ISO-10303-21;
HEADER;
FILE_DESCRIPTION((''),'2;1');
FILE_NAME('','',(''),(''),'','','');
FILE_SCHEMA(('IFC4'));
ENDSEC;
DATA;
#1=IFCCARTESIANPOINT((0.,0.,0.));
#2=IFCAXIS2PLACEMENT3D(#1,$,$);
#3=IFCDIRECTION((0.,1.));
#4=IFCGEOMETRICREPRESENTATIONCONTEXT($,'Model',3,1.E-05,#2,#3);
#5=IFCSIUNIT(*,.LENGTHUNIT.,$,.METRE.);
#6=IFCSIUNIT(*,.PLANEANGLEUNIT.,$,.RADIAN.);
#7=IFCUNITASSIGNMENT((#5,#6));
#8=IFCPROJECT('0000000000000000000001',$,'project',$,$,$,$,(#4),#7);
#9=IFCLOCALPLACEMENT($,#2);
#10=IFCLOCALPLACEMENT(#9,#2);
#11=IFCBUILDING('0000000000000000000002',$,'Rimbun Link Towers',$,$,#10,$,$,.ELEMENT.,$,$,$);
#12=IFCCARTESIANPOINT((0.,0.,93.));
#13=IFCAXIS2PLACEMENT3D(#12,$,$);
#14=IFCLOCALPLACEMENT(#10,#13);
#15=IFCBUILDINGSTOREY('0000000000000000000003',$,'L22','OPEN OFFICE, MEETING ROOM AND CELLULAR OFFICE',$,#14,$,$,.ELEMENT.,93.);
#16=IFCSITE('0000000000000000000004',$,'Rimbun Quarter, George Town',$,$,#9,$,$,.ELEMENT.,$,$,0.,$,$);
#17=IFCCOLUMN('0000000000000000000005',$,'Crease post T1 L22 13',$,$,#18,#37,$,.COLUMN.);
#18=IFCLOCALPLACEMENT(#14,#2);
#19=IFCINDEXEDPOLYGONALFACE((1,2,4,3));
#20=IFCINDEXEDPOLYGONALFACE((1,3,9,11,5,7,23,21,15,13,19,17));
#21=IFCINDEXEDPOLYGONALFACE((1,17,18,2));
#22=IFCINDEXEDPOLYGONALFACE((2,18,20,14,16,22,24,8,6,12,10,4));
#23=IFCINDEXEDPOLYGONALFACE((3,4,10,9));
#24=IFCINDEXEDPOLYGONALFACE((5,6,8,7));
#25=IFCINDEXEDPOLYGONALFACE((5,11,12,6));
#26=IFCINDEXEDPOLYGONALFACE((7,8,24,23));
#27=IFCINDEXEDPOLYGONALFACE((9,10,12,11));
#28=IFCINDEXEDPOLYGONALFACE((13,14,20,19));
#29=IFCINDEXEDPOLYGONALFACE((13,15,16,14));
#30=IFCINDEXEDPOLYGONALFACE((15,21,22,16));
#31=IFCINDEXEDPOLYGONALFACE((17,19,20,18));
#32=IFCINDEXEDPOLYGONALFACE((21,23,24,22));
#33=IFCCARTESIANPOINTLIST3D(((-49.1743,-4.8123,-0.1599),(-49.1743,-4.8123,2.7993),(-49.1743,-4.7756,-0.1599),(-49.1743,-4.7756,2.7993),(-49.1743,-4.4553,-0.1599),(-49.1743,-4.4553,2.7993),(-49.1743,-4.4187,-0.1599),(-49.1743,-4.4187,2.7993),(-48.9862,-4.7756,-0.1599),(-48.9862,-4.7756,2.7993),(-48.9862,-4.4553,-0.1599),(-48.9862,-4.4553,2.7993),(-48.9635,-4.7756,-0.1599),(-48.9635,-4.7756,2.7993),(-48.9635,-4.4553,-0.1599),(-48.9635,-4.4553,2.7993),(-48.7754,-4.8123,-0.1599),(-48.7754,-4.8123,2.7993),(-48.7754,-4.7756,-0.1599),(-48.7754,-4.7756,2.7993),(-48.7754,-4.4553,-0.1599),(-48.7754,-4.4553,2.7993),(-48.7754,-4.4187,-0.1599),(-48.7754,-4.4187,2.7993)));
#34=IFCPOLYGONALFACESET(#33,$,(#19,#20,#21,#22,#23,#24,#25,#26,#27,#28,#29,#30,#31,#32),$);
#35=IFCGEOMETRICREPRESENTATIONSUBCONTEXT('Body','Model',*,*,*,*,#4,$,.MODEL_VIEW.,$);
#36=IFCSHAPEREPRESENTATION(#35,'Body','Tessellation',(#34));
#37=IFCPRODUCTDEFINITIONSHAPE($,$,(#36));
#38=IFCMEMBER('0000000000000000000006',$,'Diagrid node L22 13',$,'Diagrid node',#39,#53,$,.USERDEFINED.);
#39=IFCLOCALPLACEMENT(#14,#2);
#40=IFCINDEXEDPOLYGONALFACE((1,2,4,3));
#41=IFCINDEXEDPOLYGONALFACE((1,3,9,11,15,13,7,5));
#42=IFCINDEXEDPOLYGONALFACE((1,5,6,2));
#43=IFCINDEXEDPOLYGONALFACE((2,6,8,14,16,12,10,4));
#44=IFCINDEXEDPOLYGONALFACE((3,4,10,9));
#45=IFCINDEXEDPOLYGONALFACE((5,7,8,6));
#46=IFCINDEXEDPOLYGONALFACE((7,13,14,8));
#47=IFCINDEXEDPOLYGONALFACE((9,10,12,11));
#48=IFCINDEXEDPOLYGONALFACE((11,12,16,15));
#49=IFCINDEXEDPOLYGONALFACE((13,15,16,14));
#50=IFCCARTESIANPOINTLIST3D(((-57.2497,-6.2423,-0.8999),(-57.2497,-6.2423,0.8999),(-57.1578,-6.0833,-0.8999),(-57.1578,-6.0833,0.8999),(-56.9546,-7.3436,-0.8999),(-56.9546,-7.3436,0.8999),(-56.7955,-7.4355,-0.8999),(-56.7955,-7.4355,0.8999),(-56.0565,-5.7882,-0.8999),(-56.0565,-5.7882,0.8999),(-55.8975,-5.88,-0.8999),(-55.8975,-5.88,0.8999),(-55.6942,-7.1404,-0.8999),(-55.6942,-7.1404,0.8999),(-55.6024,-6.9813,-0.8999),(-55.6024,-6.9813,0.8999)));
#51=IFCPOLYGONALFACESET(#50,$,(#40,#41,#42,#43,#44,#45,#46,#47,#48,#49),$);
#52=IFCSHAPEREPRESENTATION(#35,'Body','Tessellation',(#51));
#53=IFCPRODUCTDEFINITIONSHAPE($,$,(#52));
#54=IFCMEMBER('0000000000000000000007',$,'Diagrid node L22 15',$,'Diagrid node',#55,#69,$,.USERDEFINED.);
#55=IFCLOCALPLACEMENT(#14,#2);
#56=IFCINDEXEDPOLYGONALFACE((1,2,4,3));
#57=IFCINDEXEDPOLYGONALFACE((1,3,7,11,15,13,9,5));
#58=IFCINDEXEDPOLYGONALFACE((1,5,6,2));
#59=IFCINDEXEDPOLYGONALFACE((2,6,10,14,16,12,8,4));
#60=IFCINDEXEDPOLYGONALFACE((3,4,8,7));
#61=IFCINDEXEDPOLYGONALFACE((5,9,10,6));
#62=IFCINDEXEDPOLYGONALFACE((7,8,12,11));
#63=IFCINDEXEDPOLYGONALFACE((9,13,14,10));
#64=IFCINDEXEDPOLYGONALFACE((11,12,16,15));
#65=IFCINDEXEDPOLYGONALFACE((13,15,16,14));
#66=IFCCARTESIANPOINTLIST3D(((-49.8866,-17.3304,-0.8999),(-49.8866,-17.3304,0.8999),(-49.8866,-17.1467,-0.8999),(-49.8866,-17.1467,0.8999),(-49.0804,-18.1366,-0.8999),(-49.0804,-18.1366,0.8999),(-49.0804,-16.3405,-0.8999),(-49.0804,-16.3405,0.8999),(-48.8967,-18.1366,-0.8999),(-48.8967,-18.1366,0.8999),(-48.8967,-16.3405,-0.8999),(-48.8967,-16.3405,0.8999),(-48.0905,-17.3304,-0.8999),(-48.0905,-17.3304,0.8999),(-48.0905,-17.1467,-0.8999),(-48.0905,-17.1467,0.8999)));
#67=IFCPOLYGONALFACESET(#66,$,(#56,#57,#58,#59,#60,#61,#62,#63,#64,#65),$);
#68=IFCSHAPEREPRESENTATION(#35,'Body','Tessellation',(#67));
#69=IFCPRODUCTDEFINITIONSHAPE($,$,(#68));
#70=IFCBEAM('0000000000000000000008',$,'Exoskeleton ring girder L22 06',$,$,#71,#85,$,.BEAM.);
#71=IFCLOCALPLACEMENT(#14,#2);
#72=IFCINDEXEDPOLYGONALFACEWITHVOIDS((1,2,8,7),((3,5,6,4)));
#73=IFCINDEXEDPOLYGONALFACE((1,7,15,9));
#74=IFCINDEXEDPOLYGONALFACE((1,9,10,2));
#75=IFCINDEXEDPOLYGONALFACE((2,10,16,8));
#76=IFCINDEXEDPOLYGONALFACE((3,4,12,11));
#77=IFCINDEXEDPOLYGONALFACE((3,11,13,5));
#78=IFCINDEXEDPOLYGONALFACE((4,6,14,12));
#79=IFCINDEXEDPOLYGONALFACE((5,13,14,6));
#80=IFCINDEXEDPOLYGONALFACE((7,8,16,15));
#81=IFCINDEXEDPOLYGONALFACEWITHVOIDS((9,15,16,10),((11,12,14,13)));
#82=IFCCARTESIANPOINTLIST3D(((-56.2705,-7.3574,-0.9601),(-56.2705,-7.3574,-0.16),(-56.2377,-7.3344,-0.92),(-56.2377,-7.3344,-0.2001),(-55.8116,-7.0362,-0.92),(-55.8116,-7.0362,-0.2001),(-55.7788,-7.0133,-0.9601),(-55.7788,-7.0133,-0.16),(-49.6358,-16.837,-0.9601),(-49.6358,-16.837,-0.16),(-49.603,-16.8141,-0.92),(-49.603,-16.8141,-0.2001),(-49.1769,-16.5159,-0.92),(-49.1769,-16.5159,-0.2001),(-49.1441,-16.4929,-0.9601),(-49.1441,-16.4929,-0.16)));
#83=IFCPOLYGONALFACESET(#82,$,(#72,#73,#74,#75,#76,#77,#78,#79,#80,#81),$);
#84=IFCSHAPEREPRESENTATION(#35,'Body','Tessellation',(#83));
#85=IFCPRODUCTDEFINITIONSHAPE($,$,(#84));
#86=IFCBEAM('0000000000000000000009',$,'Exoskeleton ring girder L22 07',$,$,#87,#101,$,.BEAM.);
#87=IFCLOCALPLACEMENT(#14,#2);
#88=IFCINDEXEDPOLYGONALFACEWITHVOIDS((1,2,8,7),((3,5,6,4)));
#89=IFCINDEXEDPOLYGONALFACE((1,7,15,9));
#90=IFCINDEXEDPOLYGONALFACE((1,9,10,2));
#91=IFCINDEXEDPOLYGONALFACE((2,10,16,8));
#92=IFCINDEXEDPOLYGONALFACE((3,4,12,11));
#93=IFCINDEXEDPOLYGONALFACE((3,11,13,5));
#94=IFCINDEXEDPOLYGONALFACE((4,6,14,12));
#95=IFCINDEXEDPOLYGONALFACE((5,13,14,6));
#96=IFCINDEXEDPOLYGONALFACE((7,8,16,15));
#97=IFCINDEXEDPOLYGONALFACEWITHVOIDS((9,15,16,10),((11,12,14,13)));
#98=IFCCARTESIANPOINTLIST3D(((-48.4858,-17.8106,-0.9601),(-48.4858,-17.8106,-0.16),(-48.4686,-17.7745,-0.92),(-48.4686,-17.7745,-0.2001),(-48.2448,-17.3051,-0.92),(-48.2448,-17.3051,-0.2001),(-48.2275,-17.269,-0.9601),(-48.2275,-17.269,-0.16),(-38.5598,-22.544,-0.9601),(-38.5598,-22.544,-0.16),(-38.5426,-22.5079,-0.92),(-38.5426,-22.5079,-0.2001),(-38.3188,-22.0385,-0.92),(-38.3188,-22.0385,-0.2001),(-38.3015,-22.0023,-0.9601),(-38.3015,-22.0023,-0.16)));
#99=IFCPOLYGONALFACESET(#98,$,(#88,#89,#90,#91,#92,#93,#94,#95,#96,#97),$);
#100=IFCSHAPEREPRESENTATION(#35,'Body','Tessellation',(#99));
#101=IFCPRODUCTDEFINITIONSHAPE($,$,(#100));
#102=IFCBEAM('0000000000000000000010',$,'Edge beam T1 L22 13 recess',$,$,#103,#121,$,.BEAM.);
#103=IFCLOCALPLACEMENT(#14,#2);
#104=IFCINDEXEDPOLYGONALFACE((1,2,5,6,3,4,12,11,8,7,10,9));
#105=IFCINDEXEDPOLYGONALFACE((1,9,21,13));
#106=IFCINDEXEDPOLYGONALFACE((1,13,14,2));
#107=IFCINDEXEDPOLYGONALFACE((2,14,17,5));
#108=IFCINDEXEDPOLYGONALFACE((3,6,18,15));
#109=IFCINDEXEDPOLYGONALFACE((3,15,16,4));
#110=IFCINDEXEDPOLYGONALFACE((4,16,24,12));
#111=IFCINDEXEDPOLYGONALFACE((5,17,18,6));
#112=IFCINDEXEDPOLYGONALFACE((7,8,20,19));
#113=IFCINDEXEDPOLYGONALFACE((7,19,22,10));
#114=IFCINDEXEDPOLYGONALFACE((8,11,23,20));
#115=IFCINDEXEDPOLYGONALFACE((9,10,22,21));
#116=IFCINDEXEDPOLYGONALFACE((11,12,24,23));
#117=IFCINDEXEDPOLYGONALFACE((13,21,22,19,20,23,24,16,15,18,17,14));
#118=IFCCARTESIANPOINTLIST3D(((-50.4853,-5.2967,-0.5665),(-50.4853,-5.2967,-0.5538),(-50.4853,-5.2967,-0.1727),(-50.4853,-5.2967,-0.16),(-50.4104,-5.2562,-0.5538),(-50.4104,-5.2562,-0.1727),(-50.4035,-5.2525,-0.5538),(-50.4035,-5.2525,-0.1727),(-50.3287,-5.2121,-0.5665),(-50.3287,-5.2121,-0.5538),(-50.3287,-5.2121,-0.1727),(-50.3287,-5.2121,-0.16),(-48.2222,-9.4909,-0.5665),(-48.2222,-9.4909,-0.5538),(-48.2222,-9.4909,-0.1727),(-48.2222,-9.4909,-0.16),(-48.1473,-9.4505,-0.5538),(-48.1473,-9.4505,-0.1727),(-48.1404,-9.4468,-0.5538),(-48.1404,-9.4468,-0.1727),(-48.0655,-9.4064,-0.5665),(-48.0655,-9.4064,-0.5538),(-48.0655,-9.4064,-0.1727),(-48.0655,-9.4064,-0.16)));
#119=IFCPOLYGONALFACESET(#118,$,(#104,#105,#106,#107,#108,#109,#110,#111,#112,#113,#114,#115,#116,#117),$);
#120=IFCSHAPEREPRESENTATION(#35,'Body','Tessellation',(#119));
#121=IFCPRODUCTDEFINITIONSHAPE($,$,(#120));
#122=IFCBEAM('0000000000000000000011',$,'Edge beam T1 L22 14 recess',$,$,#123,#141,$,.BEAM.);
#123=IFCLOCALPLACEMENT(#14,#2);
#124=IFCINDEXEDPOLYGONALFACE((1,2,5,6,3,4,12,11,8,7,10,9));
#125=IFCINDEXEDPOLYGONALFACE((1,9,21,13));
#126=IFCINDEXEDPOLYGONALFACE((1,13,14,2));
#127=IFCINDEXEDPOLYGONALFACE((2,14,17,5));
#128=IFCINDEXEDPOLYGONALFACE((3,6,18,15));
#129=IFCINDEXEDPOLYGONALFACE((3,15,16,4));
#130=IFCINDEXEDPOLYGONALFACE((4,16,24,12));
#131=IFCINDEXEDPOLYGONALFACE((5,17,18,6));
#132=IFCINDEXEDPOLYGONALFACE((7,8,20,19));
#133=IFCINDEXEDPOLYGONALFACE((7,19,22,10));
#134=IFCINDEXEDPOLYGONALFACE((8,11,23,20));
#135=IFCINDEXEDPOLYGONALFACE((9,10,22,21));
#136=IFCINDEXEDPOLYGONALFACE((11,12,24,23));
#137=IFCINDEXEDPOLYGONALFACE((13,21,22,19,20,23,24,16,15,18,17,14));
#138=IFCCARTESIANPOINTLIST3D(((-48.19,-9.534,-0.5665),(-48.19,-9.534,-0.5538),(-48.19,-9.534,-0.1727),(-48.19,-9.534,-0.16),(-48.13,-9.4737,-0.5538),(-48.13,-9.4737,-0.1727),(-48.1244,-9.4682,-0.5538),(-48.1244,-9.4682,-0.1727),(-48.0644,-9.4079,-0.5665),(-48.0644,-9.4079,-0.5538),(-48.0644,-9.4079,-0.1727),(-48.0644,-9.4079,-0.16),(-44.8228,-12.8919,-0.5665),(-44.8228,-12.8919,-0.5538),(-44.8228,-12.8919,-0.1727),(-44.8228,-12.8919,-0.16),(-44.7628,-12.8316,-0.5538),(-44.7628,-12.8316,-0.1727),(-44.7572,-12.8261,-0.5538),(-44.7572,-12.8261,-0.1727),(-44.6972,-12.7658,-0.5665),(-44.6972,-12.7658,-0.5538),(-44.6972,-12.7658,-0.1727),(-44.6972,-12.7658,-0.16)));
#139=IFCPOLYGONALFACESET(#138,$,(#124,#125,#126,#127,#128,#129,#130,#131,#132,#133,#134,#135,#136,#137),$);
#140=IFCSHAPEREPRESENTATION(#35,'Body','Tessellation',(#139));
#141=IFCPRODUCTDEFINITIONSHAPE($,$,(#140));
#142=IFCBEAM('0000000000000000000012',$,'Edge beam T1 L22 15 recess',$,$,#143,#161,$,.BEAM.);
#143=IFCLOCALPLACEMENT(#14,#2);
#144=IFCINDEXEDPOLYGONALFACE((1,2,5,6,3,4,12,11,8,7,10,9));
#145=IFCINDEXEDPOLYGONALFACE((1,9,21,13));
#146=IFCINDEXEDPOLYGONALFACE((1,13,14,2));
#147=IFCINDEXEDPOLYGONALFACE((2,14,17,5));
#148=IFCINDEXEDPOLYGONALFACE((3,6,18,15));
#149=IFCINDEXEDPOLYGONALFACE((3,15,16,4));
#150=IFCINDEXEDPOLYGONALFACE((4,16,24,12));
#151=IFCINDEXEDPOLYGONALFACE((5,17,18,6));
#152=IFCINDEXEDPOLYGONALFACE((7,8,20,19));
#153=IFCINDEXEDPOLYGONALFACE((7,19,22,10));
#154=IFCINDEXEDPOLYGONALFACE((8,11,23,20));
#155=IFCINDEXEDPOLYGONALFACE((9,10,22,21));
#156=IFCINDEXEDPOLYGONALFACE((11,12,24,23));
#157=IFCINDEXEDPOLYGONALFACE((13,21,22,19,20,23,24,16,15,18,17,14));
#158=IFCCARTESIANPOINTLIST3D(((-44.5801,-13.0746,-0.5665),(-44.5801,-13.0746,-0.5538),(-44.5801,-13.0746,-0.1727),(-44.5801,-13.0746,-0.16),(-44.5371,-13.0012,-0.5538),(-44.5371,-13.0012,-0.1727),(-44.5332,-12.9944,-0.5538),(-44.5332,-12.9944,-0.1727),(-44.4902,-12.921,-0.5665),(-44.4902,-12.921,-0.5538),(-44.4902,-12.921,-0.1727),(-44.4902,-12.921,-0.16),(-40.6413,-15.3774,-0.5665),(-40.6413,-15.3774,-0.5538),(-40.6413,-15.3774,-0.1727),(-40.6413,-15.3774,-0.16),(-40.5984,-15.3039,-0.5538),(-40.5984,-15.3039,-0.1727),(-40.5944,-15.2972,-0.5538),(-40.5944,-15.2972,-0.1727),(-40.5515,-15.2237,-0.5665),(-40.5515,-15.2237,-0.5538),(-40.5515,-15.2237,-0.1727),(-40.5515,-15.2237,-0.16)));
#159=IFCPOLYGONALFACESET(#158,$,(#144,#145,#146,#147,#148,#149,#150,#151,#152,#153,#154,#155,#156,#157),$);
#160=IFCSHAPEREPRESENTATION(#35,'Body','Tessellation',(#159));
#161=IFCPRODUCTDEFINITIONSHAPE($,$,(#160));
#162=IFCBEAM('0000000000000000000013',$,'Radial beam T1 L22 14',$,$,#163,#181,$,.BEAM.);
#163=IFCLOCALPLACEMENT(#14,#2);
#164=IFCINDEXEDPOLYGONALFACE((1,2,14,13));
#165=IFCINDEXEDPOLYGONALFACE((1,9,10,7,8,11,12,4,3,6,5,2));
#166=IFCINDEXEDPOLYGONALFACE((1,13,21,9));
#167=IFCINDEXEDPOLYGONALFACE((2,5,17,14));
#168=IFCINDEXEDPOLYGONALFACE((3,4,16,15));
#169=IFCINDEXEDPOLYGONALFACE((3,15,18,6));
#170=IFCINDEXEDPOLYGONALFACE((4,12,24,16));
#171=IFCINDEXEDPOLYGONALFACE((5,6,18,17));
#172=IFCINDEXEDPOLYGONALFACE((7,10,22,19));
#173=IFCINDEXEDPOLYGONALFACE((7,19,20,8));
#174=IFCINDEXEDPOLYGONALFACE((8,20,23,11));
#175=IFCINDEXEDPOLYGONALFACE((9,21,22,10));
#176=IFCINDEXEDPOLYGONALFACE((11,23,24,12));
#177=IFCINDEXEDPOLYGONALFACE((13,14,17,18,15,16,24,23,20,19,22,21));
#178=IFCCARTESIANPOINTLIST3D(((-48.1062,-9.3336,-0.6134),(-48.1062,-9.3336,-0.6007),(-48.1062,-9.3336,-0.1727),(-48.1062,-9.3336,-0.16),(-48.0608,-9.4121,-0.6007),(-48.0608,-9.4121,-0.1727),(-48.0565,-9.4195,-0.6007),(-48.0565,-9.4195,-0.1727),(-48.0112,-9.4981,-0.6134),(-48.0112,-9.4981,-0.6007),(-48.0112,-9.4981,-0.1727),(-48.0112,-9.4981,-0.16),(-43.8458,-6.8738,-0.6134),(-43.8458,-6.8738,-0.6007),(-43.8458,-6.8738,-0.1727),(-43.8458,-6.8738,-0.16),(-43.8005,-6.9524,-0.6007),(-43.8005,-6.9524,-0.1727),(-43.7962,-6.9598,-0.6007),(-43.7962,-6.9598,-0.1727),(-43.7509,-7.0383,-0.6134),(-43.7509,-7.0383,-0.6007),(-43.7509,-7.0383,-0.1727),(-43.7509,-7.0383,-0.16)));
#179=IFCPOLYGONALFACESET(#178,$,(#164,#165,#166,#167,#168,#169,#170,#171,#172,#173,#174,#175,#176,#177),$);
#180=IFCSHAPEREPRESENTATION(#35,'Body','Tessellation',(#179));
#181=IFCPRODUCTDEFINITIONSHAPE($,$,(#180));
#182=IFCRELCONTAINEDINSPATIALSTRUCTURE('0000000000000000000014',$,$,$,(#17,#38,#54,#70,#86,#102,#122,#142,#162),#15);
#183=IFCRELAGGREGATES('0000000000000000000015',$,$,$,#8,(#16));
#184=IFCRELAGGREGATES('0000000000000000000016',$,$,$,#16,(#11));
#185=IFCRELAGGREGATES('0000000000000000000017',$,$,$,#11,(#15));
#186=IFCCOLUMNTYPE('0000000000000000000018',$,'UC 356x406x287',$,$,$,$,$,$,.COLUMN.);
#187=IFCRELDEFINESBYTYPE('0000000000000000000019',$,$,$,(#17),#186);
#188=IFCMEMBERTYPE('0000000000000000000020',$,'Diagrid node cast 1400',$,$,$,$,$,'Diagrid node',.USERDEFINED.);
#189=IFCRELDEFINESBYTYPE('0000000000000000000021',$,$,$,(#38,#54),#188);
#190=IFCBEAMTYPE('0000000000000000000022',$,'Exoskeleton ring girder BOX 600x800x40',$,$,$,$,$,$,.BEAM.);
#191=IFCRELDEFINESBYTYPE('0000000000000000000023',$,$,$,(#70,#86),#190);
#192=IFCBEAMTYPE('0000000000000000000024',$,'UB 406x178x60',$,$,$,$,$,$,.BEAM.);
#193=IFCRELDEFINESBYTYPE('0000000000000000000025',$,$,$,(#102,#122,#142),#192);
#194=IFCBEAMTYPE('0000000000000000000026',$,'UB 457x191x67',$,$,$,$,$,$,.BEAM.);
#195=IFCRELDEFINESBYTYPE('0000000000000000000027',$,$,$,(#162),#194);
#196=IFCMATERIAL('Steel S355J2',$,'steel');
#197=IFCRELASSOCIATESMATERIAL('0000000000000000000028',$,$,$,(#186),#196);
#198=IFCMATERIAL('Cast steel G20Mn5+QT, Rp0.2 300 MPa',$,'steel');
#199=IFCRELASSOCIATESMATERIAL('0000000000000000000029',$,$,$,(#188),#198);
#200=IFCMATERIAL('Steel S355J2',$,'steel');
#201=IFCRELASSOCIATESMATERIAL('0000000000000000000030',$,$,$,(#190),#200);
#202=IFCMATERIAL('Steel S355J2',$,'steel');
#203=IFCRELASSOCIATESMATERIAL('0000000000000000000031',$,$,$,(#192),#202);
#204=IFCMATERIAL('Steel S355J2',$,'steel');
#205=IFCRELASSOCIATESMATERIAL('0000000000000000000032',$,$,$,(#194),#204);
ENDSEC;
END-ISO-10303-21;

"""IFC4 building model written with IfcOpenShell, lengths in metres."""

from ifc_helpers import new_model, si_unit, direction, frame, origin, origin_2d, place, context, subcontext, project, spatial, polyline, hollow_rectangle, i_section, outline, extrude, material, material_profile, profile_set, type_object, element, save


model = new_model("IFC4")

# Units and contexts
model_context = context("Model", 3, precision=1e-05, world=origin(), true_north=direction((0.0, 1.0)))
body_context = subcontext(model_context, "Body", "Model", "MODEL_VIEW")
ifc_project = project(units=[si_unit("LENGTHUNIT", "METRE"), si_unit("PLANEANGLEUNIT", "RADIAN")], contexts=[model_context])

# Site, building, storey
site_placement = place(None, origin())
site = spatial("IfcSite", under=ifc_project, at=site_placement, Name="Rimbun Quarter, George Town", CompositionType="ELEMENT", RefElevation=0.0)
building_placement = place(site_placement, origin())
building = spatial("IfcBuilding", under=site, at=building_placement, Name="Rimbun Link Towers", CompositionType="ELEMENT")
storey_placement = place(building_placement, frame((0.0, 0.0, 93.0)))
storey = spatial("IfcBuildingStorey", under=building, at=storey_placement, Name="L22", Description="OPEN OFFICE, MEETING ROOM AND CELLULAR OFFICE", CompositionType="ELEMENT", Elevation=93.0)

# Column
ifc_material_1 = material(Name="Steel S355J2", Category="steel")
ifc_material_profile_1 = material_profile(ifc_material_1, i_section(OverallWidth=0.3989, OverallDepth=0.3936, WebThickness=0.0227, FlangeThickness=0.0366, at=origin_2d()), Name="UC 356x406x287")
ifc_profile_set_1 = profile_set([ifc_material_profile_1], Name="Steel S355J2")
column_type = type_object("IfcColumnType", Name="UC 356x406x287", PredefinedType="COLUMN", material=ifc_profile_set_1)
column_placement = place(storey_placement, frame((-48.9749, -4.6155, -0.1599), z_axis=(0.0, 0.0, 1.0), x_axis=(1.0, 0.0, 0.0)))
element("IfcColumn", 1, at=column_placement, inside=storey, type_object=column_type, Name="Crease post T1 L22 13", PredefinedType="COLUMN", context=body_context, shape_type="SweptSolid", body=[
    extrude(i_section(OverallWidth=0.3989, OverallDepth=0.3936, WebThickness=0.0227, FlangeThickness=0.0366, at=origin_2d()), origin(), (0.0, 0.0, 1.0), 2.9592),
])

# Members
ifc_material_2 = material(Name="Cast steel G20Mn5+QT, Rp0.2 300 MPa", Category="steel")
ifc_material_profile_2 = material_profile(ifc_material_2, outline(polyline([(0.7, -0.5701), (0.7, 0.5701), (0.5701, 0.7), (-0.5701, 0.7), (-0.7, 0.5701), (-0.7, -0.5701), (-0.5701, -0.7), (0.5701, -0.7), (0.7, -0.5701)])), Name="NODE 1400x1400")
ifc_profile_set_2 = profile_set([ifc_material_profile_2], Name="Cast steel G20Mn5+QT, Rp0.2 300 MPa")
member_type = type_object("IfcMemberType", Name="Diagrid node cast 1400", ElementType="Diagrid node", PredefinedType="USERDEFINED", material=ifc_profile_set_2)
for number, where, z_axis, x_axis, name in (
    (2, (-56.426, -6.6118, -0.8999), (0.0, 0.0, 1.0), (-0.965926, -0.258819, 0.0), "Diagrid node L22 13"),
    (3, (-48.9885, -17.2385, -0.8999), (0.0, 0.0, 1.0), (-0.707107, -0.707107, 0.0), "Diagrid node L22 15"),
):
    element("IfcMember", number, at=place(storey_placement, frame(where, z_axis=z_axis, x_axis=x_axis)), inside=storey, type_object=member_type, Name=name, ObjectType="Diagrid node", PredefinedType="USERDEFINED", context=body_context, shape_type="SweptSolid", body=[
        extrude(outline(polyline([(0.7, -0.5701), (0.7, 0.5701), (0.5701, 0.7), (-0.5701, 0.7), (-0.7, 0.5701), (-0.7, -0.5701), (-0.5701, -0.7), (0.5701, -0.7), (0.7, -0.5701)])), origin(), (0.0, 0.0, 1.0), 1.7998),
    ])

# Beams
ifc_material_3 = material(Name="Steel S355J2", Category="steel")
ifc_material_profile_3 = material_profile(ifc_material_3, hollow_rectangle(XDim=0.6001, YDim=0.8, WallThickness=0.04, at=origin_2d()), Name="Exoskeleton ring girder BOX 600x800x40")
ifc_profile_set_3 = profile_set([ifc_material_profile_3], Name="Steel S355J2")
beam_type_1 = type_object("IfcBeamType", Name="Exoskeleton ring girder BOX 600x800x40", PredefinedType="BEAM", material=ifc_profile_set_3)
beam_1_placement = place(storey_placement, frame((-56.0247, -7.1853, -0.5601), z_axis=(0.573401, -0.819275, 0.0), x_axis=(0.819275, 0.573401, 0.0)))
element("IfcBeam", 4, at=beam_1_placement, inside=storey, type_object=beam_type_1, Name="Exoskeleton ring girder L22 06", PredefinedType="BEAM", context=body_context, shape_type="SweptSolid", body=[
    extrude(hollow_rectangle(XDim=0.6001, YDim=0.8, WallThickness=0.04, at=origin_2d()), origin(), (0.0, 0.0, 1.0), 11.5708),
])
beam_2_placement = place(storey_placement, frame((-48.3567, -17.5398, -0.5601), z_axis=(0.902623, -0.430432, 0.0), x_axis=(0.430432, 0.902623, 0.0)))
element("IfcBeam", 5, at=beam_2_placement, inside=storey, type_object=beam_type_1, Name="Exoskeleton ring girder L22 07", PredefinedType="BEAM", context=body_context, shape_type="SweptSolid", body=[
    extrude(hollow_rectangle(XDim=0.6001, YDim=0.8, WallThickness=0.04, at=origin_2d()), origin(), (0.0, 0.0, 1.0), 10.9968),
])
ifc_material_4 = material(Name="Steel S355J2", Category="steel")
ifc_material_profile_4 = material_profile(ifc_material_4, i_section(OverallWidth=0.178, OverallDepth=0.4065, WebThickness=0.0078, FlangeThickness=0.0127, at=origin_2d()), Name="UB 406x178x60")
ifc_profile_set_4 = profile_set([ifc_material_profile_4], Name="Steel S355J2")
beam_type_2 = type_object("IfcBeamType", Name="UB 406x178x60", PredefinedType="BEAM", material=ifc_profile_set_4)
beam_3_placement = place(storey_placement, frame((-50.407, -5.2544, -0.3633), z_axis=(0.474863, -0.88006, 0.0), x_axis=(0.88006, 0.474863, 0.0)))
element("IfcBeam", 6, at=beam_3_placement, inside=storey, type_object=beam_type_2, Name="Edge beam T1 L22 13 recess", PredefinedType="BEAM", context=body_context, shape_type="SweptSolid", body=[
    extrude(i_section(OverallWidth=0.178, OverallDepth=0.4065, WebThickness=0.0078, FlangeThickness=0.0127, at=origin_2d()), origin(), (0.0, 0.0, 1.0), 4.7659),
])
beam_4_placement = place(storey_placement, frame((-48.1272, -9.4709, -0.3633), z_axis=(0.708082, -0.706131, 0.0), x_axis=(0.706131, 0.708082, 0.0)))
element("IfcBeam", 7, at=beam_4_placement, inside=storey, type_object=beam_type_2, Name="Edge beam T1 L22 14 recess", PredefinedType="BEAM", context=body_context, shape_type="SweptSolid", body=[
    extrude(i_section(OverallWidth=0.178, OverallDepth=0.4065, WebThickness=0.0078, FlangeThickness=0.0127, at=origin_2d()), origin(), (0.0, 0.0, 1.0), 4.7554),
])
beam_5_placement = place(storey_placement, frame((-44.5352, -12.9978, -0.3633), z_axis=(0.863287, -0.504713, 0.0), x_axis=(0.504713, 0.863287, 0.0)))
element("IfcBeam", 8, at=beam_5_placement, inside=storey, type_object=beam_type_2, Name="Edge beam T1 L22 15 recess", PredefinedType="BEAM", context=body_context, shape_type="SweptSolid", body=[
    extrude(i_section(OverallWidth=0.178, OverallDepth=0.4065, WebThickness=0.0078, FlangeThickness=0.0127, at=origin_2d()), origin(), (0.0, 0.0, 1.0), 4.5625),
])
ifc_material_5 = material(Name="Steel S355J2", Category="steel")
ifc_material_profile_5 = material_profile(ifc_material_5, i_section(OverallWidth=0.1899, OverallDepth=0.4534, WebThickness=0.0085, FlangeThickness=0.0127, at=origin_2d()), Name="UB 457x191x67")
ifc_profile_set_5 = profile_set([ifc_material_profile_5], Name="Steel S355J2")
beam_type_3 = type_object("IfcBeamType", Name="UB 457x191x67", PredefinedType="BEAM", material=ifc_profile_set_5)
beam_6_placement = place(storey_placement, frame((-43.7983, -6.9561, -0.3867), z_axis=(-0.86602, -0.500009, 0.0), x_axis=(0.500009, -0.86602, 0.0)))
element("IfcBeam", 9, at=beam_6_placement, inside=storey, type_object=beam_type_3, Name="Radial beam T1 L22 14", PredefinedType="BEAM", context=body_context, shape_type="SweptSolid", body=[
    extrude(i_section(OverallWidth=0.1899, OverallDepth=0.4534, WebThickness=0.0085, FlangeThickness=0.0127, at=origin_2d()), origin(), (0.0, 0.0, 1.0), 4.9194),
])

save(model, "model.ifc")
